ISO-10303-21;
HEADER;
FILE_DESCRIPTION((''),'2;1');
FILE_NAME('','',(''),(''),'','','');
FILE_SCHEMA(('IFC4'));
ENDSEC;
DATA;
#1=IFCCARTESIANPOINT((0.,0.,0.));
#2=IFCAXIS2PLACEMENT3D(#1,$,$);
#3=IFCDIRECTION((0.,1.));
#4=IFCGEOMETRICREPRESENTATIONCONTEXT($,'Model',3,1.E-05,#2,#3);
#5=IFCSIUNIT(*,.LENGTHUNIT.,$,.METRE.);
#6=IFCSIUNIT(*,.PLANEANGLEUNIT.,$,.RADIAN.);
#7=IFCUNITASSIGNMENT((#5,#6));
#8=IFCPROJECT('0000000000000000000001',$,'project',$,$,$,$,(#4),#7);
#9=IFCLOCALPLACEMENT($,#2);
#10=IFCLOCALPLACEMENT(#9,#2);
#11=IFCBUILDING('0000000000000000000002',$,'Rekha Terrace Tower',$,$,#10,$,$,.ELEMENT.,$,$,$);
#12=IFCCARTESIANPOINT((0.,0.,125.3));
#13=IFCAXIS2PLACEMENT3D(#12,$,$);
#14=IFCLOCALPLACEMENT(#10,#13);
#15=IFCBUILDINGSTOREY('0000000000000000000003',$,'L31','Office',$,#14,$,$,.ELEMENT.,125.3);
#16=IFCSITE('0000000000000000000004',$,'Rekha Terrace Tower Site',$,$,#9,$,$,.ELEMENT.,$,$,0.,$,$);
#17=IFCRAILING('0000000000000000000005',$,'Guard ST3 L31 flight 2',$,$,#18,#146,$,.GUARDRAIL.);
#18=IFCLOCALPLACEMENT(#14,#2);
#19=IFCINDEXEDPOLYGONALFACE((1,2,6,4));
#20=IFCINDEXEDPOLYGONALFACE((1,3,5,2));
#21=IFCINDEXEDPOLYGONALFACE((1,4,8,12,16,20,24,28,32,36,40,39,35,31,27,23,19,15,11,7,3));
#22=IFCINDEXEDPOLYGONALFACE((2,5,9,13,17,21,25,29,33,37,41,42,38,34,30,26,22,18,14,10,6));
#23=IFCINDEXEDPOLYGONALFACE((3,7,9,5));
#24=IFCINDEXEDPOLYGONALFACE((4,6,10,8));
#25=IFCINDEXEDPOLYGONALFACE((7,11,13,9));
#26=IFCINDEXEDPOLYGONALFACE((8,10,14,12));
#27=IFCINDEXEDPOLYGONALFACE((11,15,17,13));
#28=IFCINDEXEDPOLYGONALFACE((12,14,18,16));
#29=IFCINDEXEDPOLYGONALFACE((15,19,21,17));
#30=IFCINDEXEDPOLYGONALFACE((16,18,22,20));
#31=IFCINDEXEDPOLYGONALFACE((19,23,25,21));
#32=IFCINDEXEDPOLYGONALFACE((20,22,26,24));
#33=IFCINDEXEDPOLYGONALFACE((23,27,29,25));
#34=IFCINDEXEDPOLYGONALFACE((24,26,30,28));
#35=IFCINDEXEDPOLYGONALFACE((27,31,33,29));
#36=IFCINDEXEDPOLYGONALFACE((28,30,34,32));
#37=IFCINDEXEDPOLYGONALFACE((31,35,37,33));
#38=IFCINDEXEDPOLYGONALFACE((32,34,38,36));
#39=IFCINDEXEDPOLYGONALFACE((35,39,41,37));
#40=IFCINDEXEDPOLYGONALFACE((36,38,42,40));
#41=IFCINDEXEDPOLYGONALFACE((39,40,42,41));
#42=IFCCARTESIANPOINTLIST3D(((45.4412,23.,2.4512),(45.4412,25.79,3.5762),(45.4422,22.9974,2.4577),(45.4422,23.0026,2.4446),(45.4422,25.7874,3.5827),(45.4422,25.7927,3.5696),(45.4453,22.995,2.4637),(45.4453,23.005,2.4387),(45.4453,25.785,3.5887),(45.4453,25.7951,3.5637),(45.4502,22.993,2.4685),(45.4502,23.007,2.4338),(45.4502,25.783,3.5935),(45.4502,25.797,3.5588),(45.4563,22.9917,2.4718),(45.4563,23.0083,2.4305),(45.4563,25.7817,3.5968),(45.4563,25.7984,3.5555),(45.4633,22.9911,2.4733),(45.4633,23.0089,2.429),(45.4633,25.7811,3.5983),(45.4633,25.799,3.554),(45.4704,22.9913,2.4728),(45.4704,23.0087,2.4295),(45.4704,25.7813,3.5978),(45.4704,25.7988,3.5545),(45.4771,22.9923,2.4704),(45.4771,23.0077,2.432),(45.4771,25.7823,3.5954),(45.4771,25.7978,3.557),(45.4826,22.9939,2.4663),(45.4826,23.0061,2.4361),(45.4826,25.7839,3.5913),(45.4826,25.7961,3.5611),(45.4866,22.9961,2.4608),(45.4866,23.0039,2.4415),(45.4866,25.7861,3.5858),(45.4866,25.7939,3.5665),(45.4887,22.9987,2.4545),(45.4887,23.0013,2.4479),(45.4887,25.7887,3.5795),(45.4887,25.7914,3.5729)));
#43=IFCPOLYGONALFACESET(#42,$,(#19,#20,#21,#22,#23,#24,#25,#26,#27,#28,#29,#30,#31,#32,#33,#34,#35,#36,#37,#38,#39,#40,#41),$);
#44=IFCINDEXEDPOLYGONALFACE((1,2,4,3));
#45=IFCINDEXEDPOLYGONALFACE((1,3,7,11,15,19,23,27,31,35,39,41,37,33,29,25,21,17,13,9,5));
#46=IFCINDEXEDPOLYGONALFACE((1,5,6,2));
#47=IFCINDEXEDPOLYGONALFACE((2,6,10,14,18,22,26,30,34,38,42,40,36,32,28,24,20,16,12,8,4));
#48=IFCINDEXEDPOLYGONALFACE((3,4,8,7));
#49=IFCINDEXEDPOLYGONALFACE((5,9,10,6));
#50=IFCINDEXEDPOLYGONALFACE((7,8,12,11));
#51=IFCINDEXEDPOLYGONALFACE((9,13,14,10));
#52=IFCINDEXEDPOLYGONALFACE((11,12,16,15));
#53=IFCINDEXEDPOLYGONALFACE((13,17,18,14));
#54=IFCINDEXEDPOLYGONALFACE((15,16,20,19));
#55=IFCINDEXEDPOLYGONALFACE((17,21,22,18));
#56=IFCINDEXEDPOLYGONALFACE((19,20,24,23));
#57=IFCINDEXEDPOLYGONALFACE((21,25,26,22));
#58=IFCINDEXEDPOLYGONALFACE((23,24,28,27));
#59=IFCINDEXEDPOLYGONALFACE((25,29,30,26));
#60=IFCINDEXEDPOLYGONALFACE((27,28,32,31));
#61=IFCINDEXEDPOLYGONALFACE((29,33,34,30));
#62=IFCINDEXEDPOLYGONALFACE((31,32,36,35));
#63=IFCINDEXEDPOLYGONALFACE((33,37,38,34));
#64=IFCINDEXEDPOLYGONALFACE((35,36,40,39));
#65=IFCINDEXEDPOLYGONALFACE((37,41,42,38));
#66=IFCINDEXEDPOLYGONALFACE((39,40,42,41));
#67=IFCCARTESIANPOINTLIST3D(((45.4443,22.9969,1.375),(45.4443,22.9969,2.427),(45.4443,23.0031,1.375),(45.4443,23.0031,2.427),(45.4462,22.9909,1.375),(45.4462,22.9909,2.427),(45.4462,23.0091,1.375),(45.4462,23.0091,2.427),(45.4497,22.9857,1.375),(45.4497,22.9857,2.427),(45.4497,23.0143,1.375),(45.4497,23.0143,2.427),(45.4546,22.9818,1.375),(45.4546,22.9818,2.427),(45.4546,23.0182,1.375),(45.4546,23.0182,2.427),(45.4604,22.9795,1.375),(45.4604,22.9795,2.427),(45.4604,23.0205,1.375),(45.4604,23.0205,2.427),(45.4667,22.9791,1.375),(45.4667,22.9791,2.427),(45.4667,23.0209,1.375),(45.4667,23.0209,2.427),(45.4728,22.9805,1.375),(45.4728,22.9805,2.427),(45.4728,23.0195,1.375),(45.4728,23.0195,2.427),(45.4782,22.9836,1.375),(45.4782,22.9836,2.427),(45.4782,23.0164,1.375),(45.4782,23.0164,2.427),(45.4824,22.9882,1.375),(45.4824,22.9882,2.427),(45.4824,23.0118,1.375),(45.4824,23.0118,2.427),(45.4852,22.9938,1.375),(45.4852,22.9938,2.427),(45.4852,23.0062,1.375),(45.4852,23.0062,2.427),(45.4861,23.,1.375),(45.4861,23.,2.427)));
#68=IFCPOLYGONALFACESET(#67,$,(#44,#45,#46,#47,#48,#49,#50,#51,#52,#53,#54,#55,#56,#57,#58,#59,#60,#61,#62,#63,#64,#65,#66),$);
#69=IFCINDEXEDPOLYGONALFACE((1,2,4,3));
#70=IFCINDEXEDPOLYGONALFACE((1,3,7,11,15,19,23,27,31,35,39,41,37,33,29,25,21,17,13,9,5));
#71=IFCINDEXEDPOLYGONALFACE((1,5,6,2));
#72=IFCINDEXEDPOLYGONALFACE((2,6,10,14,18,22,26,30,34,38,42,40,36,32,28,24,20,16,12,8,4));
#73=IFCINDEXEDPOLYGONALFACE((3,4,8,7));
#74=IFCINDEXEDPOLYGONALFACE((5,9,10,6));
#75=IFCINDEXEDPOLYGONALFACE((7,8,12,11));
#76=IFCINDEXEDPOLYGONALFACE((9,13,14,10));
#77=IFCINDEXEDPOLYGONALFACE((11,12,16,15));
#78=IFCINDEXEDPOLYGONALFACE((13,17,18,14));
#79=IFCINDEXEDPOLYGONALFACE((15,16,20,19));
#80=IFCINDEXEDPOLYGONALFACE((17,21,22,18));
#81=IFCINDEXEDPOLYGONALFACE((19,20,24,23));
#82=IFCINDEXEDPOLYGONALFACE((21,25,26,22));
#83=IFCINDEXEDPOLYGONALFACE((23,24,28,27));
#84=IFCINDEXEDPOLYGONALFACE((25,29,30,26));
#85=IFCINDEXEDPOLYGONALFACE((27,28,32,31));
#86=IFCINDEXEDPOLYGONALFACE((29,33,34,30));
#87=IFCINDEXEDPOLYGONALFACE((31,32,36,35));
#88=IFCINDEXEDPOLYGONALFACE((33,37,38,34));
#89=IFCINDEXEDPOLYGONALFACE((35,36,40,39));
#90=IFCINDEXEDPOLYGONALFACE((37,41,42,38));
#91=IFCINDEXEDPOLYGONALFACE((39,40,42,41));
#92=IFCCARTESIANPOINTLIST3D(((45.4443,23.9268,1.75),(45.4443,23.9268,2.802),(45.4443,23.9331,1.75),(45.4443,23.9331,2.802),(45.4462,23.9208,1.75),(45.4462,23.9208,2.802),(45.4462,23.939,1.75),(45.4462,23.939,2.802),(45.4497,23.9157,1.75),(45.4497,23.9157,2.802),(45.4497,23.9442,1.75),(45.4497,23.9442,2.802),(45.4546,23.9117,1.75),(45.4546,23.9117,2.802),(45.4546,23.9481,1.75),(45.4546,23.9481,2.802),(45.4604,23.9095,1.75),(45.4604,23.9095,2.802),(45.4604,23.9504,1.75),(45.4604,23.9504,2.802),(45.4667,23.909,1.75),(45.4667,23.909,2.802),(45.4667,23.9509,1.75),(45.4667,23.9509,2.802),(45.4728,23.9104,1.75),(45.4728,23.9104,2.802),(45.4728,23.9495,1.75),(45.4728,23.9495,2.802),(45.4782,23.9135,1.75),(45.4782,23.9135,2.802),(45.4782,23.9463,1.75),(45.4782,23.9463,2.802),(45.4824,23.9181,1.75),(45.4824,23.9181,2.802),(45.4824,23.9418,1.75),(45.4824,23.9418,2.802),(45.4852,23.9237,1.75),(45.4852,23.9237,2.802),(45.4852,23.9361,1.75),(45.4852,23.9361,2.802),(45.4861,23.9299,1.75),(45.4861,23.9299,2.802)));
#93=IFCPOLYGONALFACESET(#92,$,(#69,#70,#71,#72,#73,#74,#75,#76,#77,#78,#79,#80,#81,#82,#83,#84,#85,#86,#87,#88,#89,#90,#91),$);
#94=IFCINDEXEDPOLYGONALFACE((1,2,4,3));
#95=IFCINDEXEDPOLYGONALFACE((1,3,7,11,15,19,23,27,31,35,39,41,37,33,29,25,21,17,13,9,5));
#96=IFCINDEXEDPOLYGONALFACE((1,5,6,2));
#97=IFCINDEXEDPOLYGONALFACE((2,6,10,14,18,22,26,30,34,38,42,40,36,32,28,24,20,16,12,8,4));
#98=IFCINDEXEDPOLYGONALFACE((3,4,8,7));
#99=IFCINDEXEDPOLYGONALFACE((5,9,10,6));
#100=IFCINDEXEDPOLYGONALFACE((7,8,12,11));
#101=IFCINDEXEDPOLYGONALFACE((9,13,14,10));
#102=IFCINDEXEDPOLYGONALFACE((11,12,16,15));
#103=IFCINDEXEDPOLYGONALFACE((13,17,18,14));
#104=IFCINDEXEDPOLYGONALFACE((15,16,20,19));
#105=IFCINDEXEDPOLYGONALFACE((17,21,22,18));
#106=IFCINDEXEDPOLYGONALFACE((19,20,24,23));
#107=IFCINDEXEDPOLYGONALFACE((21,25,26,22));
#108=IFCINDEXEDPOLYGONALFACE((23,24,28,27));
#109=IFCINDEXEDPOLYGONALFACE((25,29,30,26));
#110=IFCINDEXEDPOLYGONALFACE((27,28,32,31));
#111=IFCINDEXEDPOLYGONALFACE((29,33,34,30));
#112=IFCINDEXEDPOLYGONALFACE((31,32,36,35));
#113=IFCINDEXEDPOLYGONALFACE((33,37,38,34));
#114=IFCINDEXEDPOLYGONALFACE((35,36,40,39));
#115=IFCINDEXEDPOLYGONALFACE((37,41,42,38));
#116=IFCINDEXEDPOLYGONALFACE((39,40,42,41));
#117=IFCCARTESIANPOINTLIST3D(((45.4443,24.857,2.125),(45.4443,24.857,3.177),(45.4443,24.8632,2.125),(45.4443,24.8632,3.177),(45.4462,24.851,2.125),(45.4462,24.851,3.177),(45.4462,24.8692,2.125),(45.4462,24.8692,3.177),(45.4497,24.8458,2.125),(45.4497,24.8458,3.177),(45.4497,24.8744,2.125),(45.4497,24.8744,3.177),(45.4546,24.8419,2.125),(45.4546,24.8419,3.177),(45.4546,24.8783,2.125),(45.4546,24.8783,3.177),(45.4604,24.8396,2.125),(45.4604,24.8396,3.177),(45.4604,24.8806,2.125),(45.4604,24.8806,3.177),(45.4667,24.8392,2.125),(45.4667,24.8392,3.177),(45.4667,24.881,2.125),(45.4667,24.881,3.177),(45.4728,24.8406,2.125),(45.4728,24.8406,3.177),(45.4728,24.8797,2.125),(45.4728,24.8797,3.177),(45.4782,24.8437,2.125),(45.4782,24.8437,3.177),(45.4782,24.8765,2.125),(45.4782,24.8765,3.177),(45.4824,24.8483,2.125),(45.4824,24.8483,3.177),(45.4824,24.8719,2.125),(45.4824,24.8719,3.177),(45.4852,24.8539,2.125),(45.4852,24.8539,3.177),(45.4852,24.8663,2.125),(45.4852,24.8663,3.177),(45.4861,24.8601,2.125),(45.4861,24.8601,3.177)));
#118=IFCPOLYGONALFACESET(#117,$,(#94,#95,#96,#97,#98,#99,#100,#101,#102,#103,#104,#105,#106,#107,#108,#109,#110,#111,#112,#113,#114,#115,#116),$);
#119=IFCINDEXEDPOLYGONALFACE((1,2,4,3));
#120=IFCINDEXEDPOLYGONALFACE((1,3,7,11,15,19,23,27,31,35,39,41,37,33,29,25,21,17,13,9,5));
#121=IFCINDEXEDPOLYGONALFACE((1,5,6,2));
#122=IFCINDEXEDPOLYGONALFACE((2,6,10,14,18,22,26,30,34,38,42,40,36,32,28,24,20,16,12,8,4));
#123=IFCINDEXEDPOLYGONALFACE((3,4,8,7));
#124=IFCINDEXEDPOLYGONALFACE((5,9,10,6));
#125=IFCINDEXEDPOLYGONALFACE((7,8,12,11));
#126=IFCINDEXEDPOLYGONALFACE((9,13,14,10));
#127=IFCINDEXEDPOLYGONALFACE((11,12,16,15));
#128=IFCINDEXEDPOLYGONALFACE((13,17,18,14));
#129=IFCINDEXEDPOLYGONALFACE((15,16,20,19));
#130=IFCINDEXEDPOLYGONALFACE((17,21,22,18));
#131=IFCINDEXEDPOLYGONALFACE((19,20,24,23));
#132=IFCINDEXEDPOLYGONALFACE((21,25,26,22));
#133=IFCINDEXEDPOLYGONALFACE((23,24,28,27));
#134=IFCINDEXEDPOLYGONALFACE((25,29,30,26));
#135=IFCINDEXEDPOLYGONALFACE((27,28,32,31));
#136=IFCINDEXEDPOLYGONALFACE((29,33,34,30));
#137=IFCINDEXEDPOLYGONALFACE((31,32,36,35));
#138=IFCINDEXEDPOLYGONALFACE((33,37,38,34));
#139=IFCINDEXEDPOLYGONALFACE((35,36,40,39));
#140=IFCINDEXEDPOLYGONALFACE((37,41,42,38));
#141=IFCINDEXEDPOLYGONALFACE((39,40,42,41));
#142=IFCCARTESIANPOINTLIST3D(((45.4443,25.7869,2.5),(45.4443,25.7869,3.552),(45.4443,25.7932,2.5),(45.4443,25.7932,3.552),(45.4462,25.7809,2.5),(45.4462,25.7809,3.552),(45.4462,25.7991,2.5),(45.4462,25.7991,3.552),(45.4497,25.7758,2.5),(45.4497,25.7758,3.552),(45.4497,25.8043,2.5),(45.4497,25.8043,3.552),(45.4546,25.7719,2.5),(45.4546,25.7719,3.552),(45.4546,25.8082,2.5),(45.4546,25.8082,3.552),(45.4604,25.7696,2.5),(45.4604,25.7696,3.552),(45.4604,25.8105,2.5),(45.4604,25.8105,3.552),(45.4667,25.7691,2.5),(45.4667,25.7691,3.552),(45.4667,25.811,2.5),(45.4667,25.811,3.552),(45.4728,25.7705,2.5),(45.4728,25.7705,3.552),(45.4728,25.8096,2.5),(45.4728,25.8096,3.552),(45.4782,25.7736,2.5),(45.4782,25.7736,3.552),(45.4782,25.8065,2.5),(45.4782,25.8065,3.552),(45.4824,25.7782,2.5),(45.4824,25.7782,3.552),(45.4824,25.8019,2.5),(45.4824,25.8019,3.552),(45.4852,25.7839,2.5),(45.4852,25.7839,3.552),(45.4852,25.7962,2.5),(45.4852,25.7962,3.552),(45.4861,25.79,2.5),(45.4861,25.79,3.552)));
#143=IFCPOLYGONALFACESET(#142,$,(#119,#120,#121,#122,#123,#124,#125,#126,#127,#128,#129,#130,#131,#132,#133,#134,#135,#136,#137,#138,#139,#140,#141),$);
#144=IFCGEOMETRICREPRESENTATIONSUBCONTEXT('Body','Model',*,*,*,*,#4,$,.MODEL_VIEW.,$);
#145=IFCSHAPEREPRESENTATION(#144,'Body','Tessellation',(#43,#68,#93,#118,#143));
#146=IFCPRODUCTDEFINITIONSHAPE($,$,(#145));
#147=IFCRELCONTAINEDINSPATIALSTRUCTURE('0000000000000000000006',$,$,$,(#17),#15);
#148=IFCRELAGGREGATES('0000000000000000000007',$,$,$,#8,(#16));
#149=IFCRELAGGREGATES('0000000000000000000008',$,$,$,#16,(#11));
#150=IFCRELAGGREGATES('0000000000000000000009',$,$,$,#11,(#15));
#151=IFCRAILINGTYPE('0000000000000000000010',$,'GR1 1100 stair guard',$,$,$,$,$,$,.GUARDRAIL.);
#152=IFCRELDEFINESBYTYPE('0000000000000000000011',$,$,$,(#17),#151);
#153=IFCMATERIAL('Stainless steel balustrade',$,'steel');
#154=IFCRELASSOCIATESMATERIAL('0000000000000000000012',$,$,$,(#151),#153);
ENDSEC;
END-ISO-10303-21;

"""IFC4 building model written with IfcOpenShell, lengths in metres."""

from ifc_helpers import new_model, si_unit, direction, frame, origin, origin_2d, place, context, subcontext, project, spatial, circle, extrude, material, type_object, element, save


model = new_model("IFC4")

# Units and contexts
model_context = context("Model", 3, precision=1e-05, world=origin(), true_north=direction((0.0, 1.0)))
body_context = subcontext(model_context, "Body", "Model", "MODEL_VIEW")
ifc_project = project(units=[si_unit("LENGTHUNIT", "METRE"), si_unit("PLANEANGLEUNIT", "RADIAN")], contexts=[model_context])

# Site, building, storey
site_placement = place(None, origin())
site = spatial("IfcSite", under=ifc_project, at=site_placement, Name="Rekha Terrace Tower Site", CompositionType="ELEMENT", RefElevation=0.0)
building_placement = place(site_placement, origin())
building = spatial("IfcBuilding", under=site, at=building_placement, Name="Rekha Terrace Tower", CompositionType="ELEMENT")
storey_placement = place(building_placement, frame((0.0, 0.0, 125.3)))
storey = spatial("IfcBuildingStorey", under=building, at=storey_placement, Name="L31", Description="Office", CompositionType="ELEMENT", Elevation=125.3)

# Railing
ifc_material_1 = material(Name="Stainless steel balustrade", Category="steel")
railing_type_1 = type_object("IfcRailingType", Name="GR1 1100 stair guard", PredefinedType="GUARDRAIL", material=ifc_material_1)
railing_1_placement = place(storey_placement, frame((45.4651, 23.0, 1.375)))
element("IfcRailing", 1, at=railing_1_placement, inside=storey, type_object=railing_type_1, Name="Guard ST3 L31 flight 2", PredefinedType="GUARDRAIL", context=body_context, shape_type="SweptSolid", body=[
    extrude(circle(Radius=0.0239, at=origin_2d()), frame((0.0, 0.0, 1.0762), z_axis=(0.0, 0.927443, 0.373964), x_axis=(-1.0, 0.0, 0.0)), (0.0, 0.0, 1.0), 3.0083),
    extrude(circle(Radius=0.021, at=origin_2d()), origin(), (0.0, 0.0, 1.0), 1.052),
    extrude(circle(Radius=0.021, at=origin_2d()), frame((0.0, 0.9299, 0.375)), (0.0, 0.0, 1.0), 1.052),
    extrude(circle(Radius=0.021, at=origin_2d()), frame((0.0, 1.8601, 0.75)), (0.0, 0.0, 1.0), 1.052),
    extrude(circle(Radius=0.021, at=origin_2d()), frame((0.0, 2.79, 1.125)), (0.0, 0.0, 1.0), 1.052),
])

save(model, "model.ifc")
